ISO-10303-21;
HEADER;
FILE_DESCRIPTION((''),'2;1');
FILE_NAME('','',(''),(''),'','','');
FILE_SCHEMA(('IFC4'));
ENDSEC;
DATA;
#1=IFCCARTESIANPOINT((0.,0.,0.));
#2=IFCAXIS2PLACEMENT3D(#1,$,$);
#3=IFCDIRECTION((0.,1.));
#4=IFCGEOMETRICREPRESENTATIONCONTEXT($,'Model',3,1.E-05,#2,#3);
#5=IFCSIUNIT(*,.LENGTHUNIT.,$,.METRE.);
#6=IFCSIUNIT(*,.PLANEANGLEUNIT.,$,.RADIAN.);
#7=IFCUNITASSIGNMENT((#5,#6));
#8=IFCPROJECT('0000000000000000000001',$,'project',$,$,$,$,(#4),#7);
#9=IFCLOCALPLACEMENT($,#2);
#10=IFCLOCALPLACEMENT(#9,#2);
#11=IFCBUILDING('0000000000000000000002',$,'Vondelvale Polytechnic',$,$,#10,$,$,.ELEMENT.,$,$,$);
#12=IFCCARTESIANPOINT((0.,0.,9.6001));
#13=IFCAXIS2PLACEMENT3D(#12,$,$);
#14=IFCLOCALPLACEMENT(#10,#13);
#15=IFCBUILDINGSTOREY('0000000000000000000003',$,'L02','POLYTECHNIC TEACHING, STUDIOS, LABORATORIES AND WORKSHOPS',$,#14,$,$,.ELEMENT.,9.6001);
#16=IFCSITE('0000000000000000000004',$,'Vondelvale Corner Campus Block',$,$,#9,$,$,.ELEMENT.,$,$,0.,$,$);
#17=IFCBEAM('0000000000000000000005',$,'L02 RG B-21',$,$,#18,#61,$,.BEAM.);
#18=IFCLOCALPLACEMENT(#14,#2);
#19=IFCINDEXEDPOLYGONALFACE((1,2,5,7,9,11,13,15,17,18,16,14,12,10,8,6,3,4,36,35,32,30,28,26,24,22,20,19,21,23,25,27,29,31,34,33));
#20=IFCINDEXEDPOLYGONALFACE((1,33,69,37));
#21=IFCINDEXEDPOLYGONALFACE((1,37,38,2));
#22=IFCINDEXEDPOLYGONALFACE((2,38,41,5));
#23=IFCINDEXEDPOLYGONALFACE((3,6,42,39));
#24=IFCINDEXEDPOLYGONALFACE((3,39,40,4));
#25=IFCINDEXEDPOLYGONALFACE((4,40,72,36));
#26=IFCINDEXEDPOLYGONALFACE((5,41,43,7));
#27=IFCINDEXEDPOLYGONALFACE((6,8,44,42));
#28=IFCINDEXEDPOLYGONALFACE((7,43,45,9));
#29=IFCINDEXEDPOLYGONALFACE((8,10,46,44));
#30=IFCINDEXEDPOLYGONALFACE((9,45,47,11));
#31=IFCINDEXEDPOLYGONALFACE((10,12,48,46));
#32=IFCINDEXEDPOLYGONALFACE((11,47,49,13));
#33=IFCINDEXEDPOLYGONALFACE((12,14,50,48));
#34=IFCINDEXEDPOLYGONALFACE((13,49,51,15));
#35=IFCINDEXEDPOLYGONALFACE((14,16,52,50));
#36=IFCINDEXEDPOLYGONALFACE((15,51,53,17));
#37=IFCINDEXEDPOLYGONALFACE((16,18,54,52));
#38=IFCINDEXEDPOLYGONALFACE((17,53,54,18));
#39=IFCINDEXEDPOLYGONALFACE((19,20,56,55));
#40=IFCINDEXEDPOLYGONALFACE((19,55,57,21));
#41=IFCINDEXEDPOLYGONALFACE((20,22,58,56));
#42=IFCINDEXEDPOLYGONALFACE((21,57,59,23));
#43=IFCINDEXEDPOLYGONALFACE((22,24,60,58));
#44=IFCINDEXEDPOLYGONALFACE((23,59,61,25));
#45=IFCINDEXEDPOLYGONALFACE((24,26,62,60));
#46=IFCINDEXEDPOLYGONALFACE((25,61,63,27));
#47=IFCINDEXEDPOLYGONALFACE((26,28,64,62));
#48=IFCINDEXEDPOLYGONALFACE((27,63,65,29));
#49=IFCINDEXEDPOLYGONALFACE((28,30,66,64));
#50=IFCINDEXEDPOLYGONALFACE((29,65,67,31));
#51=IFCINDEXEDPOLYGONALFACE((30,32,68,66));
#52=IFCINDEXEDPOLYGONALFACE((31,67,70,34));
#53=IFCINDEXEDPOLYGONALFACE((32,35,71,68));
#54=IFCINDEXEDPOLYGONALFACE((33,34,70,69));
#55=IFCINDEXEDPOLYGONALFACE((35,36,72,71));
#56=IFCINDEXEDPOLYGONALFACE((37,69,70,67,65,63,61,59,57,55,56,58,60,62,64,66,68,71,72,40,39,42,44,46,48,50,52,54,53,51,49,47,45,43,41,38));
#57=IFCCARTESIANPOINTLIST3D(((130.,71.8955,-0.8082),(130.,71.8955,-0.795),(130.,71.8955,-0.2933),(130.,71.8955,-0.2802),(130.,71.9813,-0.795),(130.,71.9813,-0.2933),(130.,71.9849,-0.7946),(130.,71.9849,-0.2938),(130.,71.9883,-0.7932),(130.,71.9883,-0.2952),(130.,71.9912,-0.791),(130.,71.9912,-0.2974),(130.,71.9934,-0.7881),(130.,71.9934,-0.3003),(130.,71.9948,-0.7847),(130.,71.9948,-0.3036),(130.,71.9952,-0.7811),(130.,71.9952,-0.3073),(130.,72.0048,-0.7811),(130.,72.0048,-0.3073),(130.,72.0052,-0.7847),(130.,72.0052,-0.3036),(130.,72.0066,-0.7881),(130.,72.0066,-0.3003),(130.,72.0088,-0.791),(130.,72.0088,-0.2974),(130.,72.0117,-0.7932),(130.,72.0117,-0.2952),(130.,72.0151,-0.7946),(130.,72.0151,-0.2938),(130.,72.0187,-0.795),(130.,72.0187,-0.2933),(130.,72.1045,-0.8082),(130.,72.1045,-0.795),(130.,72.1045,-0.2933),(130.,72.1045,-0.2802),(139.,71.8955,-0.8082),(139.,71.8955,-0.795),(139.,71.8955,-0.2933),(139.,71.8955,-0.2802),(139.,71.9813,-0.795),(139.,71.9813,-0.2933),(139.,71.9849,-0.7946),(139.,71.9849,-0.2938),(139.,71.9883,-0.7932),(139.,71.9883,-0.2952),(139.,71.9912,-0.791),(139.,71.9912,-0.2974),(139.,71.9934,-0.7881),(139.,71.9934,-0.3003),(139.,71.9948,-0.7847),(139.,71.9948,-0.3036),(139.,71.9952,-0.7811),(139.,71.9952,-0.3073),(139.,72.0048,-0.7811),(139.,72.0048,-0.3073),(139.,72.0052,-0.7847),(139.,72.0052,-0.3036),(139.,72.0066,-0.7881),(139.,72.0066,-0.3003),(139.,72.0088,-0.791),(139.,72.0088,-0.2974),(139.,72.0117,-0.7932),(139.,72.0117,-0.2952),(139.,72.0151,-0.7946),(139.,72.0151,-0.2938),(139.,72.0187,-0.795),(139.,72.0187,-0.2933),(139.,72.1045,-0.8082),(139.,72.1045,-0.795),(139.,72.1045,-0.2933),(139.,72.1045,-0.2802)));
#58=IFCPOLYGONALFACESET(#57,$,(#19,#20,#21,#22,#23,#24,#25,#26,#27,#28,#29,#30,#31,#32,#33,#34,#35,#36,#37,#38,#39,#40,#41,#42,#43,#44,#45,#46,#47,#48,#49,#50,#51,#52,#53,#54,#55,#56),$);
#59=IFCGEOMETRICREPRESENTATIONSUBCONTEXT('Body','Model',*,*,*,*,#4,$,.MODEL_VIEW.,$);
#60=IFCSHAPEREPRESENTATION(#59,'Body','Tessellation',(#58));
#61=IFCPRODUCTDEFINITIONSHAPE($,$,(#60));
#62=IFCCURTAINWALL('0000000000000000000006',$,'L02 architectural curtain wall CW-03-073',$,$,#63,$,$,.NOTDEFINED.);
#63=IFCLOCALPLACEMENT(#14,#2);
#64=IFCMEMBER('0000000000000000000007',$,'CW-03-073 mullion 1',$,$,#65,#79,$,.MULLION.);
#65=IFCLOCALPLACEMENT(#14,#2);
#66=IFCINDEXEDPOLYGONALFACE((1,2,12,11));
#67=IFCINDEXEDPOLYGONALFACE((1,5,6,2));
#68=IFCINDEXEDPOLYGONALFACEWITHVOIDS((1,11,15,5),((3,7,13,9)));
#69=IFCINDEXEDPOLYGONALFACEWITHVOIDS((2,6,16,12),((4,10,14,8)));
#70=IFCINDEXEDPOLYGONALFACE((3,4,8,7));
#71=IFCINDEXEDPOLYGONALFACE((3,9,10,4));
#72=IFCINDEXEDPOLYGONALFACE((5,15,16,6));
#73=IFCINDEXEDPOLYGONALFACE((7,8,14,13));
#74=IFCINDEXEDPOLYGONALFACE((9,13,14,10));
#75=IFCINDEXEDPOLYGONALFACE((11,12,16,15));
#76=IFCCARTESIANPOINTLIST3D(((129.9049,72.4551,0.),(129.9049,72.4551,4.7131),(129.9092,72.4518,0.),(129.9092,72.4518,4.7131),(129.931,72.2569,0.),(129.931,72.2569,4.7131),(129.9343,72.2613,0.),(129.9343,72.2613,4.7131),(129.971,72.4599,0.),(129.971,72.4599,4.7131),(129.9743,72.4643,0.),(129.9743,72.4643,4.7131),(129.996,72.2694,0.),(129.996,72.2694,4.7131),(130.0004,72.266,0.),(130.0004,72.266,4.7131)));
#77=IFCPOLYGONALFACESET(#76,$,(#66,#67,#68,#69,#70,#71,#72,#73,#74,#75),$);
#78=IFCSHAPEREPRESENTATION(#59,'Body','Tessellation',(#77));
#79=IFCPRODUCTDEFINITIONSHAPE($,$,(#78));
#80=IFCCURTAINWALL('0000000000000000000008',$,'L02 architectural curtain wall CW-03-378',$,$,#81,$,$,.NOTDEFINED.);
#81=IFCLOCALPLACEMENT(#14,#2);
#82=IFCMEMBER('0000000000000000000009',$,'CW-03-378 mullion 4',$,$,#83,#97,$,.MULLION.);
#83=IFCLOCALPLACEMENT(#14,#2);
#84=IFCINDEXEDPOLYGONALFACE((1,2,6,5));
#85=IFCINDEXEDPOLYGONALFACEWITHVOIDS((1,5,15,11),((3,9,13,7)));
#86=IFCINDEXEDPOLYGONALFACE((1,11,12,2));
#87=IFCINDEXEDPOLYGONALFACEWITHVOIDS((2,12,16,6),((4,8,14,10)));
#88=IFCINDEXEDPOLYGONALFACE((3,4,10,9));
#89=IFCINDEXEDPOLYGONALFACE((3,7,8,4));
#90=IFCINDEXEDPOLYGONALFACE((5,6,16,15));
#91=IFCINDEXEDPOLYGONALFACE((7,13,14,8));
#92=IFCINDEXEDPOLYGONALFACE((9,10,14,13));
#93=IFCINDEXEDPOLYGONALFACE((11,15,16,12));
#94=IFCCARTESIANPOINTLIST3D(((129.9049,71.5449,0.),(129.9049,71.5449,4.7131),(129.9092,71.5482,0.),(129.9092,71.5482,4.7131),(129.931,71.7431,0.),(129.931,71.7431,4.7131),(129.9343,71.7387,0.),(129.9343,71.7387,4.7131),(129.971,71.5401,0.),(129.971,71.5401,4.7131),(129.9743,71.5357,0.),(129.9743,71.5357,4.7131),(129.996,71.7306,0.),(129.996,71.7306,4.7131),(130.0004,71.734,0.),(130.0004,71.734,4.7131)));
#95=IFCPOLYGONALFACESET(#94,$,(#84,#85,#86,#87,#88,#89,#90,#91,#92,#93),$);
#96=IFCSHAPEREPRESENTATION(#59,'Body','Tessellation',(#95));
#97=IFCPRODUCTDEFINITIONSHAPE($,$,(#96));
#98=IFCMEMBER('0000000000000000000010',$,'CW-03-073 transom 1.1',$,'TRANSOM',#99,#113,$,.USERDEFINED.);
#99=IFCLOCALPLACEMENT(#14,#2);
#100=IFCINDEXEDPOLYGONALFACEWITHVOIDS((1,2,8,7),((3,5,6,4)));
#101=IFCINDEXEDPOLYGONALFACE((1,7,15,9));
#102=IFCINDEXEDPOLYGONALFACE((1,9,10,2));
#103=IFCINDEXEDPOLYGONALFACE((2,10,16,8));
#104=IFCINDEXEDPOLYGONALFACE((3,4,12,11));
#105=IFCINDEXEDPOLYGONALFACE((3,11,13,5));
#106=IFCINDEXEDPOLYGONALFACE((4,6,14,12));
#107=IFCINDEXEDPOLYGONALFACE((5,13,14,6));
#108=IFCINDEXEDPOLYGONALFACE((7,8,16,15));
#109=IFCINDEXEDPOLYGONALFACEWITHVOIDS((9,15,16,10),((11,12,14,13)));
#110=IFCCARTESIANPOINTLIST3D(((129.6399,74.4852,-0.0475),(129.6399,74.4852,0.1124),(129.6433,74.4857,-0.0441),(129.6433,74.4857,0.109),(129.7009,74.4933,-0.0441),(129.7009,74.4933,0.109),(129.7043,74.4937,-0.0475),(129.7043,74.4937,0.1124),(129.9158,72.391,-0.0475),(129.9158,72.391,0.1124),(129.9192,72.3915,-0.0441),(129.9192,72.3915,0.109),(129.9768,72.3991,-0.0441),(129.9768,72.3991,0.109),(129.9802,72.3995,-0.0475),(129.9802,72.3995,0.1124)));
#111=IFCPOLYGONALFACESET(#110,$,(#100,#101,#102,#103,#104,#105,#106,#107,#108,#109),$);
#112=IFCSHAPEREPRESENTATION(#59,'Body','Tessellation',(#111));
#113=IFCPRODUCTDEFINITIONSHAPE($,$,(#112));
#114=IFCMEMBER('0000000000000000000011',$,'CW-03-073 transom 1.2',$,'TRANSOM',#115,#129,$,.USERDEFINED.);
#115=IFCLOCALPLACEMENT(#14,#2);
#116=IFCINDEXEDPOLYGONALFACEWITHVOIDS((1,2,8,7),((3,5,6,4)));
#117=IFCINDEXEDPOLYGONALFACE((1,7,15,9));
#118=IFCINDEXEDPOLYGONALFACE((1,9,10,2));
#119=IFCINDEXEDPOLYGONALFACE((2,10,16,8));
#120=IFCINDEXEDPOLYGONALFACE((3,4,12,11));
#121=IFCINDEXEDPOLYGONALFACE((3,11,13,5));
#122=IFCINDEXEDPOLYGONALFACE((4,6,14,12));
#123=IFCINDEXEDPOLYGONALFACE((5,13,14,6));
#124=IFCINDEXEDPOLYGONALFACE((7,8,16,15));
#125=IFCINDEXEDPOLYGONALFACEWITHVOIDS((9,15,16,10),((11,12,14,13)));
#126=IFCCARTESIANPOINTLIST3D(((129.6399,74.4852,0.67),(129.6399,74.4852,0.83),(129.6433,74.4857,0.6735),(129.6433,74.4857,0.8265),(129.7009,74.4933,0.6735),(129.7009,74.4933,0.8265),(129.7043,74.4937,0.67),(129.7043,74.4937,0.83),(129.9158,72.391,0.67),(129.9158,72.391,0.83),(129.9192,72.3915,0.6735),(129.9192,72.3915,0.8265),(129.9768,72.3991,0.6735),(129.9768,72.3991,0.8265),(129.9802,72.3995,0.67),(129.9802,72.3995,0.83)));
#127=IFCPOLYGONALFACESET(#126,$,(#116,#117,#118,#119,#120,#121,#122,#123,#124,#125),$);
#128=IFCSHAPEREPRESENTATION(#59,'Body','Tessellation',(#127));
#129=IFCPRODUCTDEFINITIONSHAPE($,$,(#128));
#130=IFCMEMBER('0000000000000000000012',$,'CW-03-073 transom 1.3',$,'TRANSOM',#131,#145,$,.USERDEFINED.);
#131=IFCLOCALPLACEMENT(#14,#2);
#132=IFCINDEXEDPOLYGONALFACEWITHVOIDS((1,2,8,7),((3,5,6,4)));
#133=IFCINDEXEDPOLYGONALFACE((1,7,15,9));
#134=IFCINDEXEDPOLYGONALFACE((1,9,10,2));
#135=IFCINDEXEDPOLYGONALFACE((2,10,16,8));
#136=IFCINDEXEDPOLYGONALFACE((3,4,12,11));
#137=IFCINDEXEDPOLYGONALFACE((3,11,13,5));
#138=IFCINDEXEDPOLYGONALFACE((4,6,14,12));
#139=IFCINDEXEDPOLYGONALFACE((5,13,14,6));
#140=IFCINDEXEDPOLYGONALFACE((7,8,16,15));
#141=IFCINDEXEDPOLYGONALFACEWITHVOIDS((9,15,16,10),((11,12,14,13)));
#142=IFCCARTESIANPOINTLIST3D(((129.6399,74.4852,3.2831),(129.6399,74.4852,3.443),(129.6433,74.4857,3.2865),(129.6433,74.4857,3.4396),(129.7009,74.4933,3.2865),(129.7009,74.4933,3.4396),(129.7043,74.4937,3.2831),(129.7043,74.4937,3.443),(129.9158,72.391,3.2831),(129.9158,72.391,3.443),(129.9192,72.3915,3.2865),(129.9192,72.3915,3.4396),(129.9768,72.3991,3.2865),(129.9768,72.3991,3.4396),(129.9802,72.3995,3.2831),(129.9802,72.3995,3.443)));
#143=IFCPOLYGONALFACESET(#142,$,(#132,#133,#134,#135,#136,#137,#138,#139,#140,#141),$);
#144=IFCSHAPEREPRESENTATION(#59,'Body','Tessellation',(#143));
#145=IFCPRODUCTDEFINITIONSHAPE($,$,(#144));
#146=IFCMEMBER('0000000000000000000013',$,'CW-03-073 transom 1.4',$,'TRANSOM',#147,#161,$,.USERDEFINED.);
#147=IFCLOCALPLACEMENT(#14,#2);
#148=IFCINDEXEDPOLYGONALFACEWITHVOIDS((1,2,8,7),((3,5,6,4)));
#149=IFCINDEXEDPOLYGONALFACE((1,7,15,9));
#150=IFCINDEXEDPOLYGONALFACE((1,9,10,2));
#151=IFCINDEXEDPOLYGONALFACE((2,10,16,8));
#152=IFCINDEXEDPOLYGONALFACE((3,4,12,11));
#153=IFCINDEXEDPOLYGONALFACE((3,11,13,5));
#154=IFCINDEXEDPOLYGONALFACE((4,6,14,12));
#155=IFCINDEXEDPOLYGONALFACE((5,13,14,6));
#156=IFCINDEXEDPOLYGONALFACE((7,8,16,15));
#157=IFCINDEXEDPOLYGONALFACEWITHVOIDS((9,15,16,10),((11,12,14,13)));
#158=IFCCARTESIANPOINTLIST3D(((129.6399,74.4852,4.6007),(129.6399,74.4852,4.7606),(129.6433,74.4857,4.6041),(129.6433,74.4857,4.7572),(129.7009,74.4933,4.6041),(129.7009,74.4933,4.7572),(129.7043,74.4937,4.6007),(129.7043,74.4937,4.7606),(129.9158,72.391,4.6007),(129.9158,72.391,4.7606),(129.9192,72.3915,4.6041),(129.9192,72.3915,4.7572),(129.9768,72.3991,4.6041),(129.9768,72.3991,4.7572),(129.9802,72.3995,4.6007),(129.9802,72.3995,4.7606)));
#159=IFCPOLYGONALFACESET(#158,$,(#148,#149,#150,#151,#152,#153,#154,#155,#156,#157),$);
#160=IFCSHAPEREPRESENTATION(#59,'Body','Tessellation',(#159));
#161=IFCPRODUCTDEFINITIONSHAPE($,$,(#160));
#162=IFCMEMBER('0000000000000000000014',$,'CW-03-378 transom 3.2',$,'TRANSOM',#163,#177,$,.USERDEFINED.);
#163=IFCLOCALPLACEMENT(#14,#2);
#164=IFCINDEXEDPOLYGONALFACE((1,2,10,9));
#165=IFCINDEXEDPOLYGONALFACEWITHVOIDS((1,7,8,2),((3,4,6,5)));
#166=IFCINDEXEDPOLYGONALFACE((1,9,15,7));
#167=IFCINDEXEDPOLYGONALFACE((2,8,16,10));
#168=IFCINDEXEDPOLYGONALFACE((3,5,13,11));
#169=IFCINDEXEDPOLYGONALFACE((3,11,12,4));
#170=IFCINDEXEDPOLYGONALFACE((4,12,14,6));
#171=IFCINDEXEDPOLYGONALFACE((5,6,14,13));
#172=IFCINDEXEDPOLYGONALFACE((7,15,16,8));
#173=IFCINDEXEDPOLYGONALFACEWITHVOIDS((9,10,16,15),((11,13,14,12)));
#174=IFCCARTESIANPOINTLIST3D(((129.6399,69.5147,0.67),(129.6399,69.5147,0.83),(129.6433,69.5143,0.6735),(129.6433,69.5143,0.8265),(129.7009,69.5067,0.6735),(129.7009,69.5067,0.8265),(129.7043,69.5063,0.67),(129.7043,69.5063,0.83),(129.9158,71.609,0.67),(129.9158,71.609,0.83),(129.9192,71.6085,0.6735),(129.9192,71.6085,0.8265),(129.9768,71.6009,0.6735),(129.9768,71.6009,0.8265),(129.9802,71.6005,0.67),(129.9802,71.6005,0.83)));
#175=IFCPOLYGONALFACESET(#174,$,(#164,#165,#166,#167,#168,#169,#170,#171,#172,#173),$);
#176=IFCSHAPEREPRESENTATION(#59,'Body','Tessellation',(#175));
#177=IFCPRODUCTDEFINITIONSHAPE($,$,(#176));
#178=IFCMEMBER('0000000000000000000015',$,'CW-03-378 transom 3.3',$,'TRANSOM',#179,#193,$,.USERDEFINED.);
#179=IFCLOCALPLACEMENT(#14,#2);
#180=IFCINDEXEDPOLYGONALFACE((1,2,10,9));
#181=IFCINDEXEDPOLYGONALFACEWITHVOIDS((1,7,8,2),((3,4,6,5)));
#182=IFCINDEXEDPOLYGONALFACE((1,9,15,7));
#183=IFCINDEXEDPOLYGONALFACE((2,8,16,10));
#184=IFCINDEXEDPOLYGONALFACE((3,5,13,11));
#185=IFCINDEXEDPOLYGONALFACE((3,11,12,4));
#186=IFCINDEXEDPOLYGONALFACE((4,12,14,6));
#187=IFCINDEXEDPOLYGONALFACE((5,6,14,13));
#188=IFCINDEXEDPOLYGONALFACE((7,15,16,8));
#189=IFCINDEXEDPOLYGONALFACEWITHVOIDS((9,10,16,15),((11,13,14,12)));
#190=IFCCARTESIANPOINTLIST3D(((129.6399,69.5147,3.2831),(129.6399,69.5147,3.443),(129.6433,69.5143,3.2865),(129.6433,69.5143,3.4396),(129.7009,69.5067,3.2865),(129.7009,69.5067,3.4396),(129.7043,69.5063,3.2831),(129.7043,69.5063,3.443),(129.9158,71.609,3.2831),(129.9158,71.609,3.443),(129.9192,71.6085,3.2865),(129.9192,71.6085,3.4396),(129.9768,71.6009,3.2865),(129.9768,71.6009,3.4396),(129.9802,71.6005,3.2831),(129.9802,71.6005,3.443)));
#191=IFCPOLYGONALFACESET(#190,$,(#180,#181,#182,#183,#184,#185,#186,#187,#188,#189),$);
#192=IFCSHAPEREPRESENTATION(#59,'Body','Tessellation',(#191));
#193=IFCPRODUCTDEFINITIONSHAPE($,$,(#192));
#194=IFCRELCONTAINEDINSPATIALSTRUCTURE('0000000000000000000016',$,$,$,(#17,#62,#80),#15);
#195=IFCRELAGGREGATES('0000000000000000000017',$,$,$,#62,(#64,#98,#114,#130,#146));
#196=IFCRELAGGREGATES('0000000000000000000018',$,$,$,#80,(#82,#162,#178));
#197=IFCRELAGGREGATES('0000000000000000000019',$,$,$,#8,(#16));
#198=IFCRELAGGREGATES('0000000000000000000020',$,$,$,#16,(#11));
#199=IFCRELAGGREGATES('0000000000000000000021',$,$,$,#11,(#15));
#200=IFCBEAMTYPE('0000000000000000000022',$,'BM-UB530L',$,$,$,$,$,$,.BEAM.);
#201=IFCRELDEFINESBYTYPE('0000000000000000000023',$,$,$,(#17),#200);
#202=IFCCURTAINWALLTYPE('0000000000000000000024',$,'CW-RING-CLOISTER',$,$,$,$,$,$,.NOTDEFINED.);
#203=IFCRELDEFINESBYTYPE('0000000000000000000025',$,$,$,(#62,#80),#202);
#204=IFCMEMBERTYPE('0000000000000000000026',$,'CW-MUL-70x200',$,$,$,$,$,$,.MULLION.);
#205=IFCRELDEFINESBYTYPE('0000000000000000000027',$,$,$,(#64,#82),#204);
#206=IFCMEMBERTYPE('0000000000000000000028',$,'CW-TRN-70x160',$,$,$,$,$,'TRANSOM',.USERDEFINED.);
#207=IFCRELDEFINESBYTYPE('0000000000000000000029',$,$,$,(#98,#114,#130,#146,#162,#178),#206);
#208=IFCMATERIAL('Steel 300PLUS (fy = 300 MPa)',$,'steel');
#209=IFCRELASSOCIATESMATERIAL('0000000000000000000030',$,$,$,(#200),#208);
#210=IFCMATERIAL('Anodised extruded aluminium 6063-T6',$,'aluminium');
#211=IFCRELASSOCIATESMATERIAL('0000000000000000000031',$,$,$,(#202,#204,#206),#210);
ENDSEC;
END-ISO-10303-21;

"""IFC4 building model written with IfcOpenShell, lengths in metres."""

from ifc_helpers import new_model, si_unit, direction, frame, origin, origin_2d, place, context, subcontext, project, spatial, hollow_rectangle, i_section, extrude, material, material_profile, profile_set, type_object, element, aggregate, save


model = new_model("IFC4")

# Units and contexts
model_context = context("Model", 3, precision=1e-05, world=origin(), true_north=direction((0.0, 1.0)))
body_context = subcontext(model_context, "Body", "Model", "MODEL_VIEW")
ifc_project = project(units=[si_unit("LENGTHUNIT", "METRE"), si_unit("PLANEANGLEUNIT", "RADIAN")], contexts=[model_context])

# Site, building, storey
site_placement = place(None, origin())
site = spatial("IfcSite", under=ifc_project, at=site_placement, Name="Vondelvale Corner Campus Block", CompositionType="ELEMENT", RefElevation=0.0)
building_placement = place(site_placement, origin())
building = spatial("IfcBuilding", under=site, at=building_placement, Name="Vondelvale Polytechnic", CompositionType="ELEMENT")
storey_placement = place(building_placement, frame((0.0, 0.0, 9.6001)))
storey = spatial("IfcBuildingStorey", under=building, at=storey_placement, Name="L02", Description="POLYTECHNIC TEACHING, STUDIOS, LABORATORIES AND WORKSHOPS", CompositionType="ELEMENT", Elevation=9.6001)

# Shared definitions
ifc_material_1 = material(Name="Steel 300PLUS (fy = 300 MPa)", Category="steel")

# Beam
ifc_material_profile_1 = material_profile(ifc_material_1, i_section(OverallWidth=0.209, OverallDepth=0.5281, WebThickness=0.0095, FlangeThickness=0.0132, FilletRadius=0.0139, at=origin_2d()), Name="530UB82.0")
ifc_profile_set_1 = profile_set([ifc_material_profile_1], Name="Steel 300PLUS (fy = 300 MPa)")
beam_type_1 = type_object("IfcBeamType", Name="BM-UB530L", PredefinedType="BEAM", material=ifc_profile_set_1)
beam_1_placement = place(storey_placement, frame((130.0, 72.0, -0.5442), z_axis=(1.0, 0.0, 0.0), x_axis=(0.0, 1.0, 0.0)))
element("IfcBeam", 1, at=beam_1_placement, inside=storey, type_object=beam_type_1, Name="L02 RG B-21", PredefinedType="BEAM", context=body_context, shape_type="SweptSolid", body=[
    extrude(i_section(OverallWidth=0.209, OverallDepth=0.5281, WebThickness=0.0095, FlangeThickness=0.0132, FilletRadius=0.0139, at=origin_2d()), origin(), (0.0, 0.0, 1.0), 9.0),
])

# Curtain walls, members
ifc_material_2 = material(Name="Anodised extruded aluminium 6063-T6", Category="aluminium")
curtain_wall_type = type_object("IfcCurtainWallType", Name="CW-RING-CLOISTER", PredefinedType="NOTDEFINED", material=ifc_material_2)
curtain_wall_1_placement = place(storey_placement, origin())
curtain_wall_1 = element("IfcCurtainWall", 2, at=curtain_wall_1_placement, inside=storey, type_object=curtain_wall_type, Name="L02 architectural curtain wall CW-03-073", PredefinedType="NOTDEFINED")
ifc_material_profile_2 = material_profile(ifc_material_2, hollow_rectangle(XDim=0.0701, YDim=0.2, WallThickness=0.0039, at=origin_2d()), Name="CW-MUL-200x70")
ifc_profile_set_2 = profile_set([ifc_material_profile_2], Name="Anodised extruded aluminium 6063-T6")
member_type_1 = type_object("IfcMemberType", Name="CW-MUL-70x200", PredefinedType="MULLION", material=ifc_profile_set_2)
member_1_placement = place(storey_placement, frame((129.9526, 72.3606, 0.0), z_axis=(0.0, 0.0, 1.0), x_axis=(-0.991445, -0.130528, 0.0)))
member_1 = element("IfcMember", 3, at=member_1_placement, type_object=member_type_1, Name="CW-03-073 mullion 1", PredefinedType="MULLION", context=body_context, shape_type="SweptSolid", body=[
    extrude(hollow_rectangle(XDim=0.0701, YDim=0.2, WallThickness=0.0039, at=origin_2d()), origin(), (0.0, 0.0, 1.0), 4.7131),
])
curtain_wall_2_placement = place(storey_placement, origin())
curtain_wall_2 = element("IfcCurtainWall", 4, at=curtain_wall_2_placement, inside=storey, type_object=curtain_wall_type, Name="L02 architectural curtain wall CW-03-378", PredefinedType="NOTDEFINED")
member_2_placement = place(storey_placement, frame((129.9526, 71.6394, 0.0), z_axis=(0.0, 0.0, 1.0), x_axis=(-0.991445, 0.130528, 0.0)))
member_2 = element("IfcMember", 5, at=member_2_placement, type_object=member_type_1, Name="CW-03-378 mullion 4", PredefinedType="MULLION", context=body_context, shape_type="SweptSolid", body=[
    extrude(hollow_rectangle(XDim=0.0701, YDim=0.2, WallThickness=0.0039, at=origin_2d()), origin(), (0.0, 0.0, 1.0), 4.7131),
])

# Members
ifc_material_profile_3 = material_profile(ifc_material_2, hollow_rectangle(XDim=0.0649, YDim=0.1599, WallThickness=0.0034, at=origin_2d()), Name="CW-TRN-160x65")
ifc_profile_set_3 = profile_set([ifc_material_profile_3], Name="Anodised extruded aluminium 6063-T6")
member_type_2 = type_object("IfcMemberType", Name="CW-TRN-70x160", ElementType="TRANSOM", PredefinedType="USERDEFINED", material=ifc_profile_set_3)
member_3_placement = place(storey_placement, frame((129.948, 72.3953, 0.0325), z_axis=(-0.130604, 0.991435, 0.0), x_axis=(-0.991435, -0.130604, 0.0)))
member_3 = element("IfcMember", 6, at=member_3_placement, type_object=member_type_2, Name="CW-03-073 transom 1.1", ObjectType="TRANSOM", PredefinedType="USERDEFINED", context=body_context, shape_type="SweptSolid", body=[
    extrude(hollow_rectangle(XDim=0.0649, YDim=0.1599, WallThickness=0.0034, at=origin_2d()), origin(), (0.0, 0.0, 1.0), 2.1123),
])
member_4_placement = place(storey_placement, frame((129.948, 72.3953, 0.75), z_axis=(-0.130604, 0.991435, 0.0), x_axis=(-0.991435, -0.130604, 0.0)))
member_4 = element("IfcMember", 7, at=member_4_placement, type_object=member_type_2, Name="CW-03-073 transom 1.2", ObjectType="TRANSOM", PredefinedType="USERDEFINED", context=body_context, shape_type="SweptSolid", body=[
    extrude(hollow_rectangle(XDim=0.0649, YDim=0.1599, WallThickness=0.0034, at=origin_2d()), origin(), (0.0, 0.0, 1.0), 2.1123),
])
member_5_placement = place(storey_placement, frame((129.948, 72.3953, 3.363), z_axis=(-0.130604, 0.991435, 0.0), x_axis=(-0.991435, -0.130604, 0.0)))
member_5 = element("IfcMember", 8, at=member_5_placement, type_object=member_type_2, Name="CW-03-073 transom 1.3", ObjectType="TRANSOM", PredefinedType="USERDEFINED", context=body_context, shape_type="SweptSolid", body=[
    extrude(hollow_rectangle(XDim=0.0649, YDim=0.1599, WallThickness=0.0034, at=origin_2d()), origin(), (0.0, 0.0, 1.0), 2.1123),
])
member_6_placement = place(storey_placement, frame((129.948, 72.3953, 4.6807), z_axis=(-0.130604, 0.991435, 0.0), x_axis=(-0.991435, -0.130604, 0.0)))
member_6 = element("IfcMember", 9, at=member_6_placement, type_object=member_type_2, Name="CW-03-073 transom 1.4", ObjectType="TRANSOM", PredefinedType="USERDEFINED", context=body_context, shape_type="SweptSolid", body=[
    extrude(hollow_rectangle(XDim=0.0649, YDim=0.1599, WallThickness=0.0034, at=origin_2d()), origin(), (0.0, 0.0, 1.0), 2.1123),
])
member_7_placement = place(storey_placement, frame((129.6721, 69.5105, 0.75), z_axis=(0.130604, 0.991435, 0.0), x_axis=(-0.991435, 0.130604, 0.0)))
member_7 = element("IfcMember", 10, at=member_7_placement, type_object=member_type_2, Name="CW-03-378 transom 3.2", ObjectType="TRANSOM", PredefinedType="USERDEFINED", context=body_context, shape_type="SweptSolid", body=[
    extrude(hollow_rectangle(XDim=0.0649, YDim=0.1599, WallThickness=0.0034, at=origin_2d()), origin(), (0.0, 0.0, 1.0), 2.1123),
])
member_8_placement = place(storey_placement, frame((129.6721, 69.5105, 3.363), z_axis=(0.130604, 0.991435, 0.0), x_axis=(-0.991435, 0.130604, 0.0)))
member_8 = element("IfcMember", 11, at=member_8_placement, type_object=member_type_2, Name="CW-03-378 transom 3.3", ObjectType="TRANSOM", PredefinedType="USERDEFINED", context=body_context, shape_type="SweptSolid", body=[
    extrude(hollow_rectangle(XDim=0.0649, YDim=0.1599, WallThickness=0.0034, at=origin_2d()), origin(), (0.0, 0.0, 1.0), 2.1123),
])

aggregate(curtain_wall_1, [member_1, member_3, member_4, member_5, member_6])
aggregate(curtain_wall_2, [member_2, member_7, member_8])

save(model, "model.ifc")
